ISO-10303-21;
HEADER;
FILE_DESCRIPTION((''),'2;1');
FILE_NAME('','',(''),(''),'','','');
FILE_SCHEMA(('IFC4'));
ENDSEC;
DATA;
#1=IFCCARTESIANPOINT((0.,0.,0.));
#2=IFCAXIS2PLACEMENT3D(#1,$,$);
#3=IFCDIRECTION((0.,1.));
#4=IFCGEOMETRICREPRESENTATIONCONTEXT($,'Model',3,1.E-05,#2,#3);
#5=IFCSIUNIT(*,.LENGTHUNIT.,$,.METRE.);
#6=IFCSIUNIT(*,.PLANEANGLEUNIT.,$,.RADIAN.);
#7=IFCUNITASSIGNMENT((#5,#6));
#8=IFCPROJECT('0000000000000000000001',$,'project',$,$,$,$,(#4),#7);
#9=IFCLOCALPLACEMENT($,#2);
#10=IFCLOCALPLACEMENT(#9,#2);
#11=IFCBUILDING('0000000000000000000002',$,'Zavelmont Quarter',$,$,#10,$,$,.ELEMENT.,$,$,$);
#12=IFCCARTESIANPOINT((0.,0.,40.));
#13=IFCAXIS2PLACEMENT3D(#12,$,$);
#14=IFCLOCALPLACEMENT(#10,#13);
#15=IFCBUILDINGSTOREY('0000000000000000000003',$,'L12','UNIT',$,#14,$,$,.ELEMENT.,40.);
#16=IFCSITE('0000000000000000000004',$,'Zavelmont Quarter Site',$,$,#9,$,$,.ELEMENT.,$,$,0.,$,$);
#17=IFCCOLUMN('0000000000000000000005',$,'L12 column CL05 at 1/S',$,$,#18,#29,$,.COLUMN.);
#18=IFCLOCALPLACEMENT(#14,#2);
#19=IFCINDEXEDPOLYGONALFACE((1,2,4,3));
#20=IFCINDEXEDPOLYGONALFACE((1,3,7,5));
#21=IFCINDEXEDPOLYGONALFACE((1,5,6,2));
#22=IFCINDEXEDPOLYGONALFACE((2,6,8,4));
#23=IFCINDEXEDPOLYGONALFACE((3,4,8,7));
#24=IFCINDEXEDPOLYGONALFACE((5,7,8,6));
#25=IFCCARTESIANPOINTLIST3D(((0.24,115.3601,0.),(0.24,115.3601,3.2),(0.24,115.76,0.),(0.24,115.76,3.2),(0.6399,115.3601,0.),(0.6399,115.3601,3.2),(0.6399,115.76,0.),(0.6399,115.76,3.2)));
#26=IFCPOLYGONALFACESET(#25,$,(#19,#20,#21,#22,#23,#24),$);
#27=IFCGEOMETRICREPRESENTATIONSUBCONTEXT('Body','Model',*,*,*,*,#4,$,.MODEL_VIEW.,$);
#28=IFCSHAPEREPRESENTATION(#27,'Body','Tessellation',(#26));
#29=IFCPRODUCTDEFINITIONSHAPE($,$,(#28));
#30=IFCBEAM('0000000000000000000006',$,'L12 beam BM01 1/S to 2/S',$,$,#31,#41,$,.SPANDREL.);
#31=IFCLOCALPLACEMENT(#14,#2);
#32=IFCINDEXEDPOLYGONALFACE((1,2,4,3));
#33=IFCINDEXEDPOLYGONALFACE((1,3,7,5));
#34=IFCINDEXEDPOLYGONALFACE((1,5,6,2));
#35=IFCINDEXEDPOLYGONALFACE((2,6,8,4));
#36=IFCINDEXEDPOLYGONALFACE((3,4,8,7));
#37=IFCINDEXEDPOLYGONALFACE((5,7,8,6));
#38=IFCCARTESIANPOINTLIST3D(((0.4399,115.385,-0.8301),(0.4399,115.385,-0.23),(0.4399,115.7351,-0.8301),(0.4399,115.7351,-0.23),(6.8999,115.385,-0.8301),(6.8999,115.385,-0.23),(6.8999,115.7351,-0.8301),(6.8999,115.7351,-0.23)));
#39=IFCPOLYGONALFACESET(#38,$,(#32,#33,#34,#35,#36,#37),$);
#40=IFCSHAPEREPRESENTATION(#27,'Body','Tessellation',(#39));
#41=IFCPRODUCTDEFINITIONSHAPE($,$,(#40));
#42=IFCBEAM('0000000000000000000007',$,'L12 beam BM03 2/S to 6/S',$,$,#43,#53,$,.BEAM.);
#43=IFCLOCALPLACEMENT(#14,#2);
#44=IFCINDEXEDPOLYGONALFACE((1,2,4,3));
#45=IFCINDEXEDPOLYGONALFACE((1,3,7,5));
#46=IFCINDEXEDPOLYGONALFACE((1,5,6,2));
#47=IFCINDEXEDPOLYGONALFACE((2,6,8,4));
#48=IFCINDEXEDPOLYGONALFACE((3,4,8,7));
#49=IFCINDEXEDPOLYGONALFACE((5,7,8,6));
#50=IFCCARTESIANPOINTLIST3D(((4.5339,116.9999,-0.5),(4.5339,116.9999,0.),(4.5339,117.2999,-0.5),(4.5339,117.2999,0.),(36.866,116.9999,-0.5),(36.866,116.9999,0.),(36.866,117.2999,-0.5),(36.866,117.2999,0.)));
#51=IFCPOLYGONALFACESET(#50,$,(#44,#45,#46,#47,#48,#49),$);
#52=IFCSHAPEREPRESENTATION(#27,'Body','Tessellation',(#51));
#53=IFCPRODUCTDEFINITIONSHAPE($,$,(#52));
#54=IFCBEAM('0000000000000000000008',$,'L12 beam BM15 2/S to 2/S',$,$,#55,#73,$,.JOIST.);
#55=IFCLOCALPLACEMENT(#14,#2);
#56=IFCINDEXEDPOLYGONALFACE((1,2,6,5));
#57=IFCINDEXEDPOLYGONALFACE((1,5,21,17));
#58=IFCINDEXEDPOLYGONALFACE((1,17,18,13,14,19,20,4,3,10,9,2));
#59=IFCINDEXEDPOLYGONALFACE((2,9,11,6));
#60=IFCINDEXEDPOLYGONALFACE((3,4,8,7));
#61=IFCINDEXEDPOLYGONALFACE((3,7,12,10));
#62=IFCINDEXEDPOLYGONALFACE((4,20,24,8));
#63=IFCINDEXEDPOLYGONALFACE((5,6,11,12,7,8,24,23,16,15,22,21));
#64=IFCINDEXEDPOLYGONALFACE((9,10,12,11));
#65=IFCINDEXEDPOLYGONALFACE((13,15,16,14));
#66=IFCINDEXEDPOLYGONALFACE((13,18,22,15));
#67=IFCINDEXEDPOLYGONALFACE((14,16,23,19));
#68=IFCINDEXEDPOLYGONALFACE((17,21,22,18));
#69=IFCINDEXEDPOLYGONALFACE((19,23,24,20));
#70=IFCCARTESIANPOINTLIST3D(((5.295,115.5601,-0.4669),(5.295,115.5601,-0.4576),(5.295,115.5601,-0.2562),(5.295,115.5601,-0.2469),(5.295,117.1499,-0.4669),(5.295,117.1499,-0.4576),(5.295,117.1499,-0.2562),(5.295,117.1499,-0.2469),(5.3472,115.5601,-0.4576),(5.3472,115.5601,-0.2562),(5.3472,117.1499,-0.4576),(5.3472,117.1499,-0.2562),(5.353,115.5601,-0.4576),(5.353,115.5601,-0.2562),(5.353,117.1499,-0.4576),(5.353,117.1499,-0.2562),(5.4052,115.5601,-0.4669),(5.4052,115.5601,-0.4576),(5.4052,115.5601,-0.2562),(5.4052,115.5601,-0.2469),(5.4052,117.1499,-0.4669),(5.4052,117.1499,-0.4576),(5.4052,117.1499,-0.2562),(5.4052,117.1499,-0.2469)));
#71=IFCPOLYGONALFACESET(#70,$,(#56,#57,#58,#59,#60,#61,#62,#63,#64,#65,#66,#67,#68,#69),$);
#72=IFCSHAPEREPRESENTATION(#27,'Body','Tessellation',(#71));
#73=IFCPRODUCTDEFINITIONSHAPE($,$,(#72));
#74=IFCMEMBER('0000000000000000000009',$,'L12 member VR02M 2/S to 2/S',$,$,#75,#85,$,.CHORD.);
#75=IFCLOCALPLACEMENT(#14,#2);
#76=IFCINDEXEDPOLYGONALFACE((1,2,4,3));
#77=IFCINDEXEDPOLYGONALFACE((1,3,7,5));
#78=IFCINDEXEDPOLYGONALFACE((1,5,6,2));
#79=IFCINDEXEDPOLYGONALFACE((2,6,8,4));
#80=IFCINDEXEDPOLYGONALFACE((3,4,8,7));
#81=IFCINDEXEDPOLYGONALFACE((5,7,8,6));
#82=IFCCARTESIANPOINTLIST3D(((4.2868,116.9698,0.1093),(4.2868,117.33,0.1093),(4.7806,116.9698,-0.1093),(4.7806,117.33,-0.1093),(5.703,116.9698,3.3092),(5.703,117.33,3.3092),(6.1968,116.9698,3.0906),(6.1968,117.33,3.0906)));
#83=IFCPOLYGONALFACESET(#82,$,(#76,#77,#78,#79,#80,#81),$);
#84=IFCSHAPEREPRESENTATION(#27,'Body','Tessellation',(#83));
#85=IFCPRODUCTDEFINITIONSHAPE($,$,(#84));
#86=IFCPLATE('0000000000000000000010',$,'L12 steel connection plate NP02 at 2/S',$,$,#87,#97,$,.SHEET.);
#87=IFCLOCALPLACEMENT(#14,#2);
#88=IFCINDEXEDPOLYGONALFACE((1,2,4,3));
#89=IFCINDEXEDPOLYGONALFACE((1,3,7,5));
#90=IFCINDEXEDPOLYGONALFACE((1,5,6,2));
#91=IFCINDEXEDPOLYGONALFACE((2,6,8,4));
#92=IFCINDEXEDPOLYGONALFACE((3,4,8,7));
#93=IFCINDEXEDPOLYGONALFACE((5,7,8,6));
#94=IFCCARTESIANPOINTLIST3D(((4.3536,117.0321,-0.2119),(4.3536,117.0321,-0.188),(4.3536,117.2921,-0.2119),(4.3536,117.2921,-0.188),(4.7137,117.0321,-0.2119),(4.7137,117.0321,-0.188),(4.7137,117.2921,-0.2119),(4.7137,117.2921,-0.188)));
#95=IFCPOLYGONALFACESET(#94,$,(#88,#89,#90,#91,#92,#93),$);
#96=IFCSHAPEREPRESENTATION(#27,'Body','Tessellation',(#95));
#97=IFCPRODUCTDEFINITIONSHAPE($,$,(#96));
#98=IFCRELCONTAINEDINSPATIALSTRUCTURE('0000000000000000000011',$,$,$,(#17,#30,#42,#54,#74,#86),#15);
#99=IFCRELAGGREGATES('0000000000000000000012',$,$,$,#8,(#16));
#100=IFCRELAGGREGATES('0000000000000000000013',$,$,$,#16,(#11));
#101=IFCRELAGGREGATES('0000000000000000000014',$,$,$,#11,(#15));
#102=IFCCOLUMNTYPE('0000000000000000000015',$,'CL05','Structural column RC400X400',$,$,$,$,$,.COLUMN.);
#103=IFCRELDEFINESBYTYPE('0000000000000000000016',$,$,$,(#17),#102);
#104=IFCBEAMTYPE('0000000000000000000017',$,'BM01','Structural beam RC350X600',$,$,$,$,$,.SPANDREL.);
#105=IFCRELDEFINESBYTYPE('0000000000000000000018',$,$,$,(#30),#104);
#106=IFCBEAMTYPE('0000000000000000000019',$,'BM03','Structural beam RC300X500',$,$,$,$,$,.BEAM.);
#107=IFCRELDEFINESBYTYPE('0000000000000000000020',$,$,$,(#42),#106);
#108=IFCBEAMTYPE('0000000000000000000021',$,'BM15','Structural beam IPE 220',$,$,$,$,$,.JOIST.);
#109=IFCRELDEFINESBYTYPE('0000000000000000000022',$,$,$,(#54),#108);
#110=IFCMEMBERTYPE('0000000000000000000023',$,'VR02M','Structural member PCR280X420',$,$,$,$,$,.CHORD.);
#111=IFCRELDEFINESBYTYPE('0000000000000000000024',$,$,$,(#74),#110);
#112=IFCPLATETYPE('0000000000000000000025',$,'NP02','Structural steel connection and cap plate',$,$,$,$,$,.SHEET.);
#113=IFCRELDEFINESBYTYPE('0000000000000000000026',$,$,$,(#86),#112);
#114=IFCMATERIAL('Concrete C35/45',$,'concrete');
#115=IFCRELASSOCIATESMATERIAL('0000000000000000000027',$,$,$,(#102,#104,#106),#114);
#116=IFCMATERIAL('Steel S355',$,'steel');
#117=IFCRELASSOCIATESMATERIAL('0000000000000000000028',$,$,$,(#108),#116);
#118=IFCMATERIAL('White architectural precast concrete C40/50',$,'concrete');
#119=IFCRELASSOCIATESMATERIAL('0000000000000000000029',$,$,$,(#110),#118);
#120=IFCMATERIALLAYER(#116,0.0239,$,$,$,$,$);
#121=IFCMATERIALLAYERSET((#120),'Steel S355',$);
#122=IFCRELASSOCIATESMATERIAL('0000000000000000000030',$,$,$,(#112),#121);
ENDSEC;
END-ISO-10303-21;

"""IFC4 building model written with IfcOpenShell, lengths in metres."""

from ifc_helpers import new_model, si_unit, direction, frame, origin, origin_2d, place, context, subcontext, project, spatial, rectangle, i_section, extrude, material, layer, layer_set, material_profile, profile_set, type_object, element, save


model = new_model("IFC4")

# Units and contexts
model_context = context("Model", 3, precision=1e-05, world=origin(), true_north=direction((0.0, 1.0)))
body_context = subcontext(model_context, "Body", "Model", "MODEL_VIEW")
ifc_project = project(units=[si_unit("LENGTHUNIT", "METRE"), si_unit("PLANEANGLEUNIT", "RADIAN")], contexts=[model_context])

# Site, building, storey
site_placement = place(None, origin())
site = spatial("IfcSite", under=ifc_project, at=site_placement, Name="Zavelmont Quarter Site", CompositionType="ELEMENT", RefElevation=0.0)
building_placement = place(site_placement, origin())
building = spatial("IfcBuilding", under=site, at=building_placement, Name="Zavelmont Quarter", CompositionType="ELEMENT")
storey_placement = place(building_placement, frame((0.0, 0.0, 40.0)))
storey = spatial("IfcBuildingStorey", under=building, at=storey_placement, Name="L12", Description="UNIT", CompositionType="ELEMENT", Elevation=40.0)

# Column
ifc_material_1 = material(Name="Concrete C35/45", Category="concrete")
ifc_material_profile_1 = material_profile(ifc_material_1, rectangle(XDim=0.3999, YDim=0.3999, at=origin_2d()), Name="RC400X400")
ifc_profile_set_1 = profile_set([ifc_material_profile_1], Name="Concrete C35/45")
column_type = type_object("IfcColumnType", Name="CL05", Description="Structural column RC400X400", PredefinedType="COLUMN", material=ifc_profile_set_1)
column_placement = place(storey_placement, frame((0.4399, 115.5601, 0.0), z_axis=(0.0, 0.0, 1.0), x_axis=(1.0, 0.0, 0.0)))
element("IfcColumn", 1, at=column_placement, inside=storey, type_object=column_type, Name="L12 column CL05 at 1/S", PredefinedType="COLUMN", context=body_context, shape_type="SweptSolid", body=[
    extrude(rectangle(XDim=0.3999, YDim=0.3999, at=origin_2d()), origin(), (0.0, 0.0, 1.0), 3.2),
])

# Beams
ifc_material_profile_2 = material_profile(ifc_material_1, rectangle(XDim=0.3501, YDim=0.6001, at=origin_2d()), Name="RC350X600")
ifc_profile_set_2 = profile_set([ifc_material_profile_2], Name="Concrete C35/45")
beam_type_1 = type_object("IfcBeamType", Name="BM01", Description="Structural beam RC350X600", PredefinedType="SPANDREL", material=ifc_profile_set_2)
beam_1_placement = place(storey_placement, frame((0.4399, 115.5601, -0.53), z_axis=(1.0, 0.0, 0.0), x_axis=(0.0, 1.0, 0.0)))
element("IfcBeam", 2, at=beam_1_placement, inside=storey, type_object=beam_type_1, Name="L12 beam BM01 1/S to 2/S", PredefinedType="SPANDREL", context=body_context, shape_type="SweptSolid", body=[
    extrude(rectangle(XDim=0.3501, YDim=0.6001, at=origin_2d()), origin(), (0.0, 0.0, 1.0), 6.46),
])
ifc_material_profile_3 = material_profile(ifc_material_1, rectangle(XDim=0.3, YDim=0.5, at=origin_2d()), Name="RC300X500")
ifc_profile_set_3 = profile_set([ifc_material_profile_3], Name="Concrete C35/45")
beam_type_2 = type_object("IfcBeamType", Name="BM03", Description="Structural beam RC300X500", PredefinedType="BEAM", material=ifc_profile_set_3)
beam_2_placement = place(storey_placement, frame((4.5339, 117.1499, -0.25), z_axis=(1.0, 0.0, 0.0), x_axis=(0.0, 1.0, 0.0)))
element("IfcBeam", 3, at=beam_2_placement, inside=storey, type_object=beam_type_2, Name="L12 beam BM03 2/S to 6/S", PredefinedType="BEAM", context=body_context, shape_type="SweptSolid", body=[
    extrude(rectangle(XDim=0.3, YDim=0.5, at=origin_2d()), origin(), (0.0, 0.0, 1.0), 32.332),
])
ifc_material_2 = material(Name="Steel S355", Category="steel")
ifc_material_profile_4 = material_profile(ifc_material_2, i_section(OverallWidth=0.1101, OverallDepth=0.22, WebThickness=0.0059, FlangeThickness=0.0093, at=origin_2d()), Name="IPE 220")
ifc_profile_set_4 = profile_set([ifc_material_profile_4], Name="Steel S355")
beam_type_3 = type_object("IfcBeamType", Name="BM15", Description="Structural beam IPE 220", PredefinedType="JOIST", material=ifc_profile_set_4)
beam_3_placement = place(storey_placement, frame((5.3501, 115.5601, -0.3569), z_axis=(0.0, 1.0, 0.0), x_axis=(-1.0, 0.0, 0.0)))
element("IfcBeam", 4, at=beam_3_placement, inside=storey, type_object=beam_type_3, Name="L12 beam BM15 2/S to 2/S", PredefinedType="JOIST", context=body_context, shape_type="SweptSolid", body=[
    extrude(i_section(OverallWidth=0.1101, OverallDepth=0.22, WebThickness=0.0059, FlangeThickness=0.0093, at=origin_2d()), origin(), (0.0, 0.0, 1.0), 1.5898),
])

# Member
ifc_material_3 = material(Name="White architectural precast concrete C40/50", Category="concrete")
ifc_material_profile_5 = material_profile(ifc_material_3, rectangle(XDim=0.3601, YDim=0.54, at=origin_2d()), Name="PCR280X420")
ifc_profile_set_5 = profile_set([ifc_material_profile_5], Name="White architectural precast concrete C40/50")
member_type = type_object("IfcMemberType", Name="VR02M", Description="Structural member PCR280X420", PredefinedType="CHORD", material=ifc_profile_set_5)
member_placement = place(storey_placement, frame((4.5337, 117.1499, 0.0), z_axis=(0.40472, 0.0, 0.914441), x_axis=(0.0, 1.0, 0.0)))
element("IfcMember", 5, at=member_placement, inside=storey, type_object=member_type, Name="L12 member VR02M 2/S to 2/S", PredefinedType="CHORD", context=body_context, shape_type="SweptSolid", body=[
    extrude(rectangle(XDim=0.3601, YDim=0.54, at=origin_2d()), origin(), (0.0, 0.0, 1.0), 3.4993),
])

# Plate
ifc_layer_1 = layer(ifc_material_2, 0.0239)
ifc_layer_set_1 = layer_set([ifc_layer_1], Name="Steel S355")
plate_type = type_object("IfcPlateType", Name="NP02", Description="Structural steel connection and cap plate", PredefinedType="SHEET", material=ifc_layer_set_1)
plate_placement = place(storey_placement, frame((4.5337, 117.1621, -0.2119), z_axis=(0.0, 0.0, 1.0), x_axis=(1.0, 0.0, 0.0)))
element("IfcPlate", 6, at=plate_placement, inside=storey, type_object=plate_type, Name="L12 steel connection plate NP02 at 2/S", PredefinedType="SHEET", context=body_context, shape_type="SweptSolid", body=[
    extrude(rectangle(XDim=0.3601, YDim=0.26, at=origin_2d()), origin(), (0.0, 0.0, 1.0), 0.0239),
])

save(model, "model.ifc")
